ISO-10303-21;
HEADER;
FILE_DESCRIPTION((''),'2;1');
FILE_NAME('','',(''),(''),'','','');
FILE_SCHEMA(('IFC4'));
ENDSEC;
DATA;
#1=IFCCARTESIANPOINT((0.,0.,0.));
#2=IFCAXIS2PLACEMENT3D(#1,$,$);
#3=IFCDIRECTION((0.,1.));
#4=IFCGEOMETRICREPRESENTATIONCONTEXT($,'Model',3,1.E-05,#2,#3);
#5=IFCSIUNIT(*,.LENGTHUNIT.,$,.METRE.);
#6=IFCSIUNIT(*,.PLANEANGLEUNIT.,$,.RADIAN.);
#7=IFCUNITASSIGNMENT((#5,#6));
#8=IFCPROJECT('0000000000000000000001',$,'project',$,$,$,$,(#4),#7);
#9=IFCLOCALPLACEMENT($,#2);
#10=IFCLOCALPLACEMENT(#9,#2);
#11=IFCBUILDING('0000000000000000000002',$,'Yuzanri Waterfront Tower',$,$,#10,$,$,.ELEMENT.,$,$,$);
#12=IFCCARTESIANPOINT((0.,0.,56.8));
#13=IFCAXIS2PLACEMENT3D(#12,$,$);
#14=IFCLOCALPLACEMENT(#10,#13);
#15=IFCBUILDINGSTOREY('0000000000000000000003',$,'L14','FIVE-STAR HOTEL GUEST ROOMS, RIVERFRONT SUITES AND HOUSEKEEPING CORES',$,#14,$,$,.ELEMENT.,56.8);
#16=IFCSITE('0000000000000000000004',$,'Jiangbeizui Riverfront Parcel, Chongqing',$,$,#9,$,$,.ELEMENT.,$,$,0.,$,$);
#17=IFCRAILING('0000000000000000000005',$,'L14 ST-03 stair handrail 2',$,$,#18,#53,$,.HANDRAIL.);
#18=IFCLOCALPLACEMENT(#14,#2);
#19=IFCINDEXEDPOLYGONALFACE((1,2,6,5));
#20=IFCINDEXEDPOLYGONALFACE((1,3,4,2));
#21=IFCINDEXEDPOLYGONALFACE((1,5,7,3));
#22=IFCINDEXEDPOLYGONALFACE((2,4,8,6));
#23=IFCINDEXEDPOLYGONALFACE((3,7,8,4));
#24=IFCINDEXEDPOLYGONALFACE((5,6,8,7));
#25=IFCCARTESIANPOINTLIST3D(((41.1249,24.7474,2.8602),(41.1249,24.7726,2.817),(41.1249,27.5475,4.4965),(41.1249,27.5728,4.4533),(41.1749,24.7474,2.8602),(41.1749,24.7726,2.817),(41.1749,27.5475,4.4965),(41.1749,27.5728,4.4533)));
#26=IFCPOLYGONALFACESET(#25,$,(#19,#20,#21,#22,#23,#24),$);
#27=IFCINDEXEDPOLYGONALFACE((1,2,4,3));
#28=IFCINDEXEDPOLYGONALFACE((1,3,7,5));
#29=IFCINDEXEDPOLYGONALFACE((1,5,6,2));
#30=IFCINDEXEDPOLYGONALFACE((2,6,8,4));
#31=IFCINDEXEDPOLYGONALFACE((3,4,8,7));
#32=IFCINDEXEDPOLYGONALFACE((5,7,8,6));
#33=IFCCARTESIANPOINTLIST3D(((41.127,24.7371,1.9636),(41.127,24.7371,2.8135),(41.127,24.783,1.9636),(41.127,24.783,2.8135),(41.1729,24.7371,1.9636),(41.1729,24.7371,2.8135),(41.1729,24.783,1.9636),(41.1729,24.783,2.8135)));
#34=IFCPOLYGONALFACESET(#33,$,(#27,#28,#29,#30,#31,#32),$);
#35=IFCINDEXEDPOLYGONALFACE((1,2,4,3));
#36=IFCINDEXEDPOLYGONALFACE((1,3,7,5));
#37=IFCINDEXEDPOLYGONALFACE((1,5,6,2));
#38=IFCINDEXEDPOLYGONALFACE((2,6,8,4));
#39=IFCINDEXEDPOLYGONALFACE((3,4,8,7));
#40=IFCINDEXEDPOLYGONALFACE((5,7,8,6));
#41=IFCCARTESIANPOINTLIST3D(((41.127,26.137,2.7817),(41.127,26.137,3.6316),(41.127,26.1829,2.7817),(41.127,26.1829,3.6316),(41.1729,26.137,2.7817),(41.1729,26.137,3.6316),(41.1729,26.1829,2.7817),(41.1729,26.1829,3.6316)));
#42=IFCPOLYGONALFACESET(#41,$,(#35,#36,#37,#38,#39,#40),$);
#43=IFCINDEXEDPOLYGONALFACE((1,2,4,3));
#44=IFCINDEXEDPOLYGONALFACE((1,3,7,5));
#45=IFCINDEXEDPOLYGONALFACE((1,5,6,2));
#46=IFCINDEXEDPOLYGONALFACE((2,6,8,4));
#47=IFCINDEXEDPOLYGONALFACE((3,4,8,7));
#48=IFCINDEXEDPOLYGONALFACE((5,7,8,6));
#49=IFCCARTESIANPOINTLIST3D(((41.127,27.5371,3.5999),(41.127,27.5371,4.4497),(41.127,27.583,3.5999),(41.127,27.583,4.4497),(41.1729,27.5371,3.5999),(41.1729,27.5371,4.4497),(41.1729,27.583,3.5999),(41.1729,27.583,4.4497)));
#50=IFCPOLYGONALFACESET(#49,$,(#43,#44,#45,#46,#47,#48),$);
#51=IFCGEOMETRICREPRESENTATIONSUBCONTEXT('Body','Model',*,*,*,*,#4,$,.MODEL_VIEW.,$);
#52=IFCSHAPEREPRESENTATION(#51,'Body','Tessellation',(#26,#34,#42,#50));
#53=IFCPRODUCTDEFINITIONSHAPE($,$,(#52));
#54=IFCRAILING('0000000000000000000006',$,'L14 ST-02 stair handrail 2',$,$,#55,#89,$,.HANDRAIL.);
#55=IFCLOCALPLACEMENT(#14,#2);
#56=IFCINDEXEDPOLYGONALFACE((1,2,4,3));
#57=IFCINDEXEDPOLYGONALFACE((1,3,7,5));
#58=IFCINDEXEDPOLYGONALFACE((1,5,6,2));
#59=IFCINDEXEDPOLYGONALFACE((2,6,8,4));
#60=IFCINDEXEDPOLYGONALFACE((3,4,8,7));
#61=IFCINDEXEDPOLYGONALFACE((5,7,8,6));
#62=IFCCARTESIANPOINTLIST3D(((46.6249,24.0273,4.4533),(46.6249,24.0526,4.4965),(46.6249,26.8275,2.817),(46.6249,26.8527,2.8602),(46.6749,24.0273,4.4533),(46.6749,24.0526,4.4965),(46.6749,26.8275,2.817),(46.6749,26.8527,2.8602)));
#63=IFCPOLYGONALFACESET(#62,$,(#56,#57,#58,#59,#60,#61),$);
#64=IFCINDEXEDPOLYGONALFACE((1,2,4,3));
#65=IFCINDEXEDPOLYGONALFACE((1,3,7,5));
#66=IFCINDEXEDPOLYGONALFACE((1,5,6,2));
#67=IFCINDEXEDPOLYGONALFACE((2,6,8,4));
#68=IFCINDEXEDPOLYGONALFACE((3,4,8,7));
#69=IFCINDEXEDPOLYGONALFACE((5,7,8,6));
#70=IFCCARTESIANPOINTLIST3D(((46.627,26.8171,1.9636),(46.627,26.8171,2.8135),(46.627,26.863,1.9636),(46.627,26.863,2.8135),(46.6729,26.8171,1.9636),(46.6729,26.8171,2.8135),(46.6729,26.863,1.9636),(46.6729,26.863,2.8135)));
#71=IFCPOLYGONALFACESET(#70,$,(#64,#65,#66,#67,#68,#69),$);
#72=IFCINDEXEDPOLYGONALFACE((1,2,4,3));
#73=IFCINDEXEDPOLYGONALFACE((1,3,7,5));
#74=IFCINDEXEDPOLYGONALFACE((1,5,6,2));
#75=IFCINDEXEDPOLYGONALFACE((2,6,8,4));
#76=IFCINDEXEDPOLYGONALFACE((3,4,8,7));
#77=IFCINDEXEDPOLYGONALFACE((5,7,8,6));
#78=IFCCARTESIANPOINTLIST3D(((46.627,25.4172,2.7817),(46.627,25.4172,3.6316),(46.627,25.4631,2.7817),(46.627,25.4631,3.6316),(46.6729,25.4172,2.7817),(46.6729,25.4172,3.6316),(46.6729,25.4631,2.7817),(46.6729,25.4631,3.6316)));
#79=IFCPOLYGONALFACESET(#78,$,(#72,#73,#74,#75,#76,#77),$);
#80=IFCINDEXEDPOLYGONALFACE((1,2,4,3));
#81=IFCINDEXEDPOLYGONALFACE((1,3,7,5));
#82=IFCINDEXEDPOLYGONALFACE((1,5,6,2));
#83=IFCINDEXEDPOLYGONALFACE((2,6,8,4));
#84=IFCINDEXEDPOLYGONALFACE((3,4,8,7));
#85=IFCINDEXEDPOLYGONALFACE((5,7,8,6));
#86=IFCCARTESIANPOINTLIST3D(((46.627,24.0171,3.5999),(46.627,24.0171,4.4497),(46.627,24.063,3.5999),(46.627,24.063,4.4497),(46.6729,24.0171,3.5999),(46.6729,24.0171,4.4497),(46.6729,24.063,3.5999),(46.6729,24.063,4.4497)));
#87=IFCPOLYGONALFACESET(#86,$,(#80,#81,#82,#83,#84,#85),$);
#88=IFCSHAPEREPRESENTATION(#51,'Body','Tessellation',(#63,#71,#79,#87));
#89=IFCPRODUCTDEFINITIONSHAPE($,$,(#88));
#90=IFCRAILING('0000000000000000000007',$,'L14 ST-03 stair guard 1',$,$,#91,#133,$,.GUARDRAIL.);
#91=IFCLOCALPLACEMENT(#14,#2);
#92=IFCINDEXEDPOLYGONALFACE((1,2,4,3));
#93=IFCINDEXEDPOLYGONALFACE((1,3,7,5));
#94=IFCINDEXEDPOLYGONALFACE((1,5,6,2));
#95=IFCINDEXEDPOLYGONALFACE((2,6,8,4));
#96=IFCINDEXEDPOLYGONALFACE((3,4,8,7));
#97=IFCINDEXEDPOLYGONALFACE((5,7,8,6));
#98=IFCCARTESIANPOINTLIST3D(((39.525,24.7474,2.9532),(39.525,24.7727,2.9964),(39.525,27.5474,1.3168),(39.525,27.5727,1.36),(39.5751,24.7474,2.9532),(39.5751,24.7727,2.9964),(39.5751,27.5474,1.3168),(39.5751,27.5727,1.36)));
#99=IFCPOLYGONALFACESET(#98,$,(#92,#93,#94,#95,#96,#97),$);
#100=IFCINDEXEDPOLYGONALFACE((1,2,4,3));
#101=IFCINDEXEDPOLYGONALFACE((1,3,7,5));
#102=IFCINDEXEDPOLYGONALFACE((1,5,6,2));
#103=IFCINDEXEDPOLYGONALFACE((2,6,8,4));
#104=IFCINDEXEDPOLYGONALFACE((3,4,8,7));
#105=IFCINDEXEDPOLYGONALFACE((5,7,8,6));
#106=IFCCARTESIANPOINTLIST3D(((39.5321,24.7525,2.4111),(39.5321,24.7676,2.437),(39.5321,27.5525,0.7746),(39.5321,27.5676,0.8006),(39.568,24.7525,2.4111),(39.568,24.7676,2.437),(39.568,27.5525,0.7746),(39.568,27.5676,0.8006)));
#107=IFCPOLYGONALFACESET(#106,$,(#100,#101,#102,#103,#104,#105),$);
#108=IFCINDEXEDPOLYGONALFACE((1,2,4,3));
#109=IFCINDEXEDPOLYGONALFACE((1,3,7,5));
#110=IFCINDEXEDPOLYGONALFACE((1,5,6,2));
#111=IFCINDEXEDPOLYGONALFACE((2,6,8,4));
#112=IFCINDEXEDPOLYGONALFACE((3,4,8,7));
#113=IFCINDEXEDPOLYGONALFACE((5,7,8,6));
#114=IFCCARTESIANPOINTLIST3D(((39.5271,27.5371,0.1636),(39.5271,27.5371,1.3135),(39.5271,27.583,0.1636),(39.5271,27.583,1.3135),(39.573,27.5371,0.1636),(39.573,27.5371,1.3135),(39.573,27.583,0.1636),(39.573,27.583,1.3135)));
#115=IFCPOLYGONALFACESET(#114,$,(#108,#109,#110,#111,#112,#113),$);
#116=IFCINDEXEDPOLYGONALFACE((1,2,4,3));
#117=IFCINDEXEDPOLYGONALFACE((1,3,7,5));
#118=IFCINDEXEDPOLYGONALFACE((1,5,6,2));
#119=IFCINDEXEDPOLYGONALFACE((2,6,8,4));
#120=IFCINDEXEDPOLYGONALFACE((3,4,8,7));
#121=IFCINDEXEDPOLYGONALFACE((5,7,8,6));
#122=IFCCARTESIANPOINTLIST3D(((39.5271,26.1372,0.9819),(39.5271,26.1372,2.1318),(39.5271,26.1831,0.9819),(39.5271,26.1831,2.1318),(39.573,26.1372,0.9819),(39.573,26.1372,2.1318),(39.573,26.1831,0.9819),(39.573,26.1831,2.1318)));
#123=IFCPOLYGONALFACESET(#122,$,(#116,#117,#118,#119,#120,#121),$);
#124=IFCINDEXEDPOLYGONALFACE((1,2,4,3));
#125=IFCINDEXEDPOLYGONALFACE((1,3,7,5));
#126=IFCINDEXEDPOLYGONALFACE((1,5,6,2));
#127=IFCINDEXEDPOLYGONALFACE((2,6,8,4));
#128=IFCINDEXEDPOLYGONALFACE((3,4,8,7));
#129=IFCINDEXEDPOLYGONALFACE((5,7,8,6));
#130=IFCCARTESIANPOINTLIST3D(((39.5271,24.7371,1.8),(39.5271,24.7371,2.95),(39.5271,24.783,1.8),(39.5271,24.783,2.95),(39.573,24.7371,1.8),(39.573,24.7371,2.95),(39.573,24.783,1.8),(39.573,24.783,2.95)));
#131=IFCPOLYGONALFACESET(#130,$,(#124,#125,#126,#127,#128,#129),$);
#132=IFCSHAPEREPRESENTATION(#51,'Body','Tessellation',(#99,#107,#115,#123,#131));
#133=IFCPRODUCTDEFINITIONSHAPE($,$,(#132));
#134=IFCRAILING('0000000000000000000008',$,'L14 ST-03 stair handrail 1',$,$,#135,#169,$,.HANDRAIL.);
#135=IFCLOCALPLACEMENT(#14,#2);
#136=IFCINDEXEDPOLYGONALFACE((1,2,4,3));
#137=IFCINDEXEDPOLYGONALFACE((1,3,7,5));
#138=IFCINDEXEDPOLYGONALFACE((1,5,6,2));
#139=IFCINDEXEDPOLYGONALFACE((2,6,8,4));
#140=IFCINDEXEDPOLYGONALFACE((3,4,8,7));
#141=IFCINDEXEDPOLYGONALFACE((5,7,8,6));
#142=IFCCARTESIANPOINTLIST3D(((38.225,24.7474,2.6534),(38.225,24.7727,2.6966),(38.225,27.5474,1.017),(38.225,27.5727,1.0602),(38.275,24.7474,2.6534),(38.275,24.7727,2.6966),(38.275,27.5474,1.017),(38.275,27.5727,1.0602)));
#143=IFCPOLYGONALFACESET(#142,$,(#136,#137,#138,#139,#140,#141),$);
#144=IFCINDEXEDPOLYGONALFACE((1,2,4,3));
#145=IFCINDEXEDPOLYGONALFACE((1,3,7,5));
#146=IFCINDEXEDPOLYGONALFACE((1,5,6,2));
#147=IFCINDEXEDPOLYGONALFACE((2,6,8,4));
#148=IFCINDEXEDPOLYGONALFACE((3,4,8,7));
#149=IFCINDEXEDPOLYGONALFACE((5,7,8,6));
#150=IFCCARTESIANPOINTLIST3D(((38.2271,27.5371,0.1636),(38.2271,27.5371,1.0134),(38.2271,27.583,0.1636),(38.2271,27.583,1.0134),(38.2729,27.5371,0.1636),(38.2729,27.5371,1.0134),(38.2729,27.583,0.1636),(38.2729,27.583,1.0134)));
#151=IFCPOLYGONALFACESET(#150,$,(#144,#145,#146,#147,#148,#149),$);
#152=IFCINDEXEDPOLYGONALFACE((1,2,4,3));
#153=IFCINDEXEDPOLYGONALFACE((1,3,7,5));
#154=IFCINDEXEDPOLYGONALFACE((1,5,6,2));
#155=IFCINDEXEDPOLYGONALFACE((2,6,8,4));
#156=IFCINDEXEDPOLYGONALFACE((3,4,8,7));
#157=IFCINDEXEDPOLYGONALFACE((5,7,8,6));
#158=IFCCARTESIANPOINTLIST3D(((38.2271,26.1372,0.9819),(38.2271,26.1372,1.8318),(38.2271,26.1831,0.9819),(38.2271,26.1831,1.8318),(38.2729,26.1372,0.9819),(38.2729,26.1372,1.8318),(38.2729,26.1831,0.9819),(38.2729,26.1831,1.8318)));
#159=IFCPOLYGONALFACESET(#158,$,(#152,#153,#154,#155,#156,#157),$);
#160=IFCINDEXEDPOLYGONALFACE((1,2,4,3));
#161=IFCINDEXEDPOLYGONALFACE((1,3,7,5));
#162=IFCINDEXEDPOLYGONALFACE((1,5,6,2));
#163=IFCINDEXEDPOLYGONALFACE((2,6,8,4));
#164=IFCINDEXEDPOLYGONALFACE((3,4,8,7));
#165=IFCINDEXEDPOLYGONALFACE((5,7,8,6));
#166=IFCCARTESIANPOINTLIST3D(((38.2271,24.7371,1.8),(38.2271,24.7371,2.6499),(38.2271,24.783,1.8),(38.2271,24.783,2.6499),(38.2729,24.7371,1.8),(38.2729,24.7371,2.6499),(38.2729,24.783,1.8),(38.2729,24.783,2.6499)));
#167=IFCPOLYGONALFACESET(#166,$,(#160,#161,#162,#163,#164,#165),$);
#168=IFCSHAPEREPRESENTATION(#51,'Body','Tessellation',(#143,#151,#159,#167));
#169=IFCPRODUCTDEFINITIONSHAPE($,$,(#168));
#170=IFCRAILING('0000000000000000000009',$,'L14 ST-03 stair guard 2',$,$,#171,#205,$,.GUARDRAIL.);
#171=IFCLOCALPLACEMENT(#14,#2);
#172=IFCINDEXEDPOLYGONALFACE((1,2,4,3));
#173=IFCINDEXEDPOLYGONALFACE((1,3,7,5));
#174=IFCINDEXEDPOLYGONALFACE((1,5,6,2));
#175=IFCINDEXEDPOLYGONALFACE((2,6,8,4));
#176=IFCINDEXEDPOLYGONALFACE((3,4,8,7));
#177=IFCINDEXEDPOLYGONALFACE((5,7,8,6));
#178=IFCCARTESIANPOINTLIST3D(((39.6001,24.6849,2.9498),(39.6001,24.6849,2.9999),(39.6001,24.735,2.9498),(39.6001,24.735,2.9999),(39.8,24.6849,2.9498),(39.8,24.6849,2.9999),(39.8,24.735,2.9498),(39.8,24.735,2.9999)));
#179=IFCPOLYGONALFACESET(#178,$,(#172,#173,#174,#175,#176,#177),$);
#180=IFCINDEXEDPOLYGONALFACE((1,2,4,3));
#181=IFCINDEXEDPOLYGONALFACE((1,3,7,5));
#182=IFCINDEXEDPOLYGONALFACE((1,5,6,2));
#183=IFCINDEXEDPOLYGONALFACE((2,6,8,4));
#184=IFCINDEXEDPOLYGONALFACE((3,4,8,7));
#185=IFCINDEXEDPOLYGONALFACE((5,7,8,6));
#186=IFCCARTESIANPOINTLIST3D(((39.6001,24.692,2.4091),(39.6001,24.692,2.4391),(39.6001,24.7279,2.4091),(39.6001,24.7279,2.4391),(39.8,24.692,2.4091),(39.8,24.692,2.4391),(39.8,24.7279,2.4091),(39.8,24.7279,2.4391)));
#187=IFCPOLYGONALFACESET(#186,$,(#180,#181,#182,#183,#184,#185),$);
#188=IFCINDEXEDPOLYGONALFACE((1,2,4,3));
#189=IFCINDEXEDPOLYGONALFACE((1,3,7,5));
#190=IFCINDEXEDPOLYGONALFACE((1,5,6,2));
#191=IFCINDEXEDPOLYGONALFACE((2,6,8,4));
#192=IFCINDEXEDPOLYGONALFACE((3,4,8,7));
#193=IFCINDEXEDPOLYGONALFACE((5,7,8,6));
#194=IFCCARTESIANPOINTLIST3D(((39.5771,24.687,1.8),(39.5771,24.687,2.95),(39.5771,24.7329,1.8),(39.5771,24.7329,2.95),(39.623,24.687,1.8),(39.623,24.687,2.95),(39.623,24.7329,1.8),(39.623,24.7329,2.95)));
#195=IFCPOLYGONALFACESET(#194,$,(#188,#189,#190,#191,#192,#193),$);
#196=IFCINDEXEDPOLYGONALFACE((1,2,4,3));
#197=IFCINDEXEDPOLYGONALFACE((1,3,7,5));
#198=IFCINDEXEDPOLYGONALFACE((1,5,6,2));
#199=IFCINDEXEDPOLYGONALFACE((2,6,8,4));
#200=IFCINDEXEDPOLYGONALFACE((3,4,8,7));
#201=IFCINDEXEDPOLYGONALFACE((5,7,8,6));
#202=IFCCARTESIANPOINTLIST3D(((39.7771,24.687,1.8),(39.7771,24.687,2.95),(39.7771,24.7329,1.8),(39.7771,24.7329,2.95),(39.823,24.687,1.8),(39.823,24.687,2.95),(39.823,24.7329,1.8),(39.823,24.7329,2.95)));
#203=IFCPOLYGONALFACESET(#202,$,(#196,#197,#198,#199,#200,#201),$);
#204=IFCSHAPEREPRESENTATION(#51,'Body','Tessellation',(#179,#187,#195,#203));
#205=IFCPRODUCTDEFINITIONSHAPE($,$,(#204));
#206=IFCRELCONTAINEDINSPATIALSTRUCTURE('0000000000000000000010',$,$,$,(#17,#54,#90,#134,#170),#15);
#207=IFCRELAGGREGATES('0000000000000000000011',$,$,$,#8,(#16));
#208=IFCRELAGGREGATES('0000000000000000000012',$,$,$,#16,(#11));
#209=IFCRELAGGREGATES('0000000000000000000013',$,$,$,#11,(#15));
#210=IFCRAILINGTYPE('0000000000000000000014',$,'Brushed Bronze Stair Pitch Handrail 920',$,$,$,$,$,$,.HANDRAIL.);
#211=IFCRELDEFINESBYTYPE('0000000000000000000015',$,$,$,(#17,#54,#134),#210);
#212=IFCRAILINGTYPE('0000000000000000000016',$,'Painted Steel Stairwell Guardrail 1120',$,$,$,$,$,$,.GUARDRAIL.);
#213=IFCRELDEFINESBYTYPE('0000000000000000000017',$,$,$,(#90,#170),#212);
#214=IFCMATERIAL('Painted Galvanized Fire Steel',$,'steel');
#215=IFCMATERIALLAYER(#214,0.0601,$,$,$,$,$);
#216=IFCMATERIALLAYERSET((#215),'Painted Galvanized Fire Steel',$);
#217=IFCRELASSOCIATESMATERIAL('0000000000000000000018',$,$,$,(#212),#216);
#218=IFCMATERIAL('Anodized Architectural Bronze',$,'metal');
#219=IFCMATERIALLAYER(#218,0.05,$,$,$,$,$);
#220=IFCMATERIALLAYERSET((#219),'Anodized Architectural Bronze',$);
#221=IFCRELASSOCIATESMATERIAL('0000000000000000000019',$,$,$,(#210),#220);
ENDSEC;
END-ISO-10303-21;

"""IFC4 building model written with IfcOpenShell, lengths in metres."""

from ifc_helpers import new_model, si_unit, direction, frame, origin, origin_2d, place, context, subcontext, project, spatial, rectangle, extrude, source, transform, mapped, material, layer, layer_set, type_object, element, save


model = new_model("IFC4")

# Units and contexts
model_context = context("Model", 3, precision=1e-05, world=origin(), true_north=direction((0.0, 1.0)))
body_context = subcontext(model_context, "Body", "Model", "MODEL_VIEW")
ifc_project = project(units=[si_unit("LENGTHUNIT", "METRE"), si_unit("PLANEANGLEUNIT", "RADIAN")], contexts=[model_context])

# Site, building, storey
site_placement = place(None, origin())
site = spatial("IfcSite", under=ifc_project, at=site_placement, Name="Jiangbeizui Riverfront Parcel, Chongqing", CompositionType="ELEMENT", RefElevation=0.0)
building_placement = place(site_placement, origin())
building = spatial("IfcBuilding", under=site, at=building_placement, Name="Yuzanri Waterfront Tower", CompositionType="ELEMENT")
storey_placement = place(building_placement, frame((0.0, 0.0, 56.8)))
storey = spatial("IfcBuildingStorey", under=building, at=storey_placement, Name="L14", Description="FIVE-STAR HOTEL GUEST ROOMS, RIVERFRONT SUITES AND HOUSEKEEPING CORES", CompositionType="ELEMENT", Elevation=56.8)

# Railings
ifc_material_1 = material(Name="Painted Galvanized Fire Steel", Category="steel")
ifc_layer_1 = layer(ifc_material_1, 0.0601)
ifc_layer_set_1 = layer_set([ifc_layer_1], Name="Painted Galvanized Fire Steel")
railing_type_1 = type_object("IfcRailingType", Name="Painted Steel Stairwell Guardrail 1120", PredefinedType="GUARDRAIL", material=ifc_layer_set_1)
ifc_material_2 = material(Name="Anodized Architectural Bronze", Category="metal")
ifc_layer_2 = layer(ifc_material_2, 0.05)
ifc_layer_set_2 = layer_set([ifc_layer_2], Name="Anodized Architectural Bronze")
railing_type_2 = type_object("IfcRailingType", Name="Brushed Bronze Stair Pitch Handrail 920", PredefinedType="HANDRAIL", material=ifc_layer_set_2)
shared_shape_1 = source(origin(), body_context, "Body", "SweptSolid", [
    extrude(rectangle(XDim=0.05, YDim=0.05, at=origin_2d()), frame((0.0, 0.0, 0.875), z_axis=(0.0, 0.863394, 0.504531), x_axis=(-1.0, 0.0, 0.0)), (0.0, 0.0, 1.0), 3.2432),
    extrude(rectangle(XDim=0.0459, YDim=0.0459, at=origin_2d()), origin(), (0.0, 0.0, 1.0), 0.8499),
    extrude(rectangle(XDim=0.0459, YDim=0.0459, at=origin_2d()), frame((0.0, 1.3999, 0.8181)), (0.0, 0.0, 1.0), 0.8499),
    extrude(rectangle(XDim=0.0459, YDim=0.0459, at=origin_2d()), frame((0.0, 2.8, 1.6362)), (0.0, 0.0, 1.0), 0.8499),
])
railing_1_placement = place(storey_placement, frame((41.1499, 24.76, 1.9636)))
element("IfcRailing", 1, at=railing_1_placement, inside=storey, type_object=railing_type_2, Name="L14 ST-03 stair handrail 2", PredefinedType="HANDRAIL", context=body_context, shape_type="MappedRepresentation", body=[
    mapped(shared_shape_1, transform((0.0, 0.0, 0.0), scale=1.0)),
])
shared_shape_2 = source(origin(), body_context, "Body", "SweptSolid", [
    extrude(rectangle(XDim=0.05, YDim=0.05, at=origin_2d()), frame((0.0, 0.0, 0.875), z_axis=(0.0, -0.863394, 0.504531), x_axis=(1.0, 0.0, 0.0)), (0.0, 0.0, 1.0), 3.2432),
    extrude(rectangle(XDim=0.0459, YDim=0.0459, at=origin_2d()), origin(), (0.0, 0.0, 1.0), 0.8499),
    extrude(rectangle(XDim=0.0459, YDim=0.0459, at=origin_2d()), frame((0.0, -1.3999, 0.8181)), (0.0, 0.0, 1.0), 0.8499),
    extrude(rectangle(XDim=0.0459, YDim=0.0459, at=origin_2d()), frame((0.0, -2.8, 1.6362)), (0.0, 0.0, 1.0), 0.8499),
])
railing_2_placement = place(storey_placement, frame((46.6499, 26.8401, 1.9636)))
element("IfcRailing", 2, at=railing_2_placement, inside=storey, type_object=railing_type_2, Name="L14 ST-02 stair handrail 2", PredefinedType="HANDRAIL", context=body_context, shape_type="MappedRepresentation", body=[
    mapped(shared_shape_2, transform((0.0, 0.0, 0.0), scale=1.0)),
])
shared_shape_3 = source(origin(), body_context, "Body", "SweptSolid", [
    extrude(rectangle(XDim=0.05, YDim=0.05, at=origin_2d()), frame((0.0, 0.0, 1.1748), z_axis=(0.0, -0.863361, 0.504587), x_axis=(1.0, 0.0, 0.0)), (0.0, 0.0, 1.0), 3.2432),
    extrude(rectangle(XDim=0.0359, YDim=0.03, at=origin_2d()), frame((0.0, 0.0, 0.624), z_axis=(0.0, -0.863361, 0.504587), x_axis=(1.0, 0.0, 0.0)), (0.0, 0.0, 1.0), 3.2432),
    extrude(rectangle(XDim=0.0459, YDim=0.0459, at=origin_2d()), origin(), (0.0, 0.0, 1.0), 1.1499),
    extrude(rectangle(XDim=0.0459, YDim=0.0459, at=origin_2d()), frame((0.0, -1.3999, 0.8184)), (0.0, 0.0, 1.0), 1.1499),
    extrude(rectangle(XDim=0.0459, YDim=0.0459, at=origin_2d()), frame((0.0, -2.8, 1.6365)), (0.0, 0.0, 1.0), 1.1499),
])
railing_3_placement = place(storey_placement, frame((39.55, 27.5601, 0.1636)))
element("IfcRailing", 3, at=railing_3_placement, inside=storey, type_object=railing_type_1, Name="L14 ST-03 stair guard 1", PredefinedType="GUARDRAIL", context=body_context, shape_type="MappedRepresentation", body=[
    mapped(shared_shape_3, transform((0.0, 0.0, 0.0), scale=1.0)),
])
shared_shape_4 = source(origin(), body_context, "Body", "SweptSolid", [
    extrude(rectangle(XDim=0.05, YDim=0.05, at=origin_2d()), frame((0.0, 0.0, 0.875), z_axis=(0.0, -0.863361, 0.504587), x_axis=(1.0, 0.0, 0.0)), (0.0, 0.0, 1.0), 3.2432),
    extrude(rectangle(XDim=0.0459, YDim=0.0459, at=origin_2d()), origin(), (0.0, 0.0, 1.0), 0.8499),
    extrude(rectangle(XDim=0.0459, YDim=0.0459, at=origin_2d()), frame((0.0, -1.3999, 0.8184)), (0.0, 0.0, 1.0), 0.8499),
    extrude(rectangle(XDim=0.0459, YDim=0.0459, at=origin_2d()), frame((0.0, -2.8, 1.6365)), (0.0, 0.0, 1.0), 0.8499),
])
railing_4_placement = place(storey_placement, frame((38.25, 27.5601, 0.1636)))
element("IfcRailing", 4, at=railing_4_placement, inside=storey, type_object=railing_type_2, Name="L14 ST-03 stair handrail 1", PredefinedType="HANDRAIL", context=body_context, shape_type="MappedRepresentation", body=[
    mapped(shared_shape_4, transform((0.0, 0.0, 0.0), scale=1.0)),
])
shared_shape_5 = source(origin(), body_context, "Body", "SweptSolid", [
    extrude(rectangle(XDim=0.05, YDim=0.05, at=origin_2d()), frame((0.0, 0.0, 1.1748), z_axis=(1.0, 0.0, 0.0), x_axis=(0.0, 1.0, 0.0)), (0.0, 0.0, 1.0), 0.2),
    extrude(rectangle(XDim=0.0359, YDim=0.03, at=origin_2d()), frame((0.0, 0.0, 0.624), z_axis=(1.0, 0.0, 0.0), x_axis=(0.0, 1.0, 0.0)), (0.0, 0.0, 1.0), 0.2),
    extrude(rectangle(XDim=0.0459, YDim=0.0459, at=origin_2d()), origin(), (0.0, 0.0, 1.0), 1.1499),
    extrude(rectangle(XDim=0.0459, YDim=0.0459, at=origin_2d()), frame((0.2, 0.0, 0.0)), (0.0, 0.0, 1.0), 1.1499),
])
for number, where, name in (
    (5, (39.6001, 24.71, 1.8), "L14 ST-03 stair guard 2"),
):
    element("IfcRailing", number, at=place(storey_placement, frame(where)), inside=storey, type_object=railing_type_1, Name=name, PredefinedType="GUARDRAIL", context=body_context, shape_type="MappedRepresentation", body=[
        mapped(shared_shape_5, transform((0.0, 0.0, 0.0), scale=1.0)),
    ])

save(model, "model.ifc")
